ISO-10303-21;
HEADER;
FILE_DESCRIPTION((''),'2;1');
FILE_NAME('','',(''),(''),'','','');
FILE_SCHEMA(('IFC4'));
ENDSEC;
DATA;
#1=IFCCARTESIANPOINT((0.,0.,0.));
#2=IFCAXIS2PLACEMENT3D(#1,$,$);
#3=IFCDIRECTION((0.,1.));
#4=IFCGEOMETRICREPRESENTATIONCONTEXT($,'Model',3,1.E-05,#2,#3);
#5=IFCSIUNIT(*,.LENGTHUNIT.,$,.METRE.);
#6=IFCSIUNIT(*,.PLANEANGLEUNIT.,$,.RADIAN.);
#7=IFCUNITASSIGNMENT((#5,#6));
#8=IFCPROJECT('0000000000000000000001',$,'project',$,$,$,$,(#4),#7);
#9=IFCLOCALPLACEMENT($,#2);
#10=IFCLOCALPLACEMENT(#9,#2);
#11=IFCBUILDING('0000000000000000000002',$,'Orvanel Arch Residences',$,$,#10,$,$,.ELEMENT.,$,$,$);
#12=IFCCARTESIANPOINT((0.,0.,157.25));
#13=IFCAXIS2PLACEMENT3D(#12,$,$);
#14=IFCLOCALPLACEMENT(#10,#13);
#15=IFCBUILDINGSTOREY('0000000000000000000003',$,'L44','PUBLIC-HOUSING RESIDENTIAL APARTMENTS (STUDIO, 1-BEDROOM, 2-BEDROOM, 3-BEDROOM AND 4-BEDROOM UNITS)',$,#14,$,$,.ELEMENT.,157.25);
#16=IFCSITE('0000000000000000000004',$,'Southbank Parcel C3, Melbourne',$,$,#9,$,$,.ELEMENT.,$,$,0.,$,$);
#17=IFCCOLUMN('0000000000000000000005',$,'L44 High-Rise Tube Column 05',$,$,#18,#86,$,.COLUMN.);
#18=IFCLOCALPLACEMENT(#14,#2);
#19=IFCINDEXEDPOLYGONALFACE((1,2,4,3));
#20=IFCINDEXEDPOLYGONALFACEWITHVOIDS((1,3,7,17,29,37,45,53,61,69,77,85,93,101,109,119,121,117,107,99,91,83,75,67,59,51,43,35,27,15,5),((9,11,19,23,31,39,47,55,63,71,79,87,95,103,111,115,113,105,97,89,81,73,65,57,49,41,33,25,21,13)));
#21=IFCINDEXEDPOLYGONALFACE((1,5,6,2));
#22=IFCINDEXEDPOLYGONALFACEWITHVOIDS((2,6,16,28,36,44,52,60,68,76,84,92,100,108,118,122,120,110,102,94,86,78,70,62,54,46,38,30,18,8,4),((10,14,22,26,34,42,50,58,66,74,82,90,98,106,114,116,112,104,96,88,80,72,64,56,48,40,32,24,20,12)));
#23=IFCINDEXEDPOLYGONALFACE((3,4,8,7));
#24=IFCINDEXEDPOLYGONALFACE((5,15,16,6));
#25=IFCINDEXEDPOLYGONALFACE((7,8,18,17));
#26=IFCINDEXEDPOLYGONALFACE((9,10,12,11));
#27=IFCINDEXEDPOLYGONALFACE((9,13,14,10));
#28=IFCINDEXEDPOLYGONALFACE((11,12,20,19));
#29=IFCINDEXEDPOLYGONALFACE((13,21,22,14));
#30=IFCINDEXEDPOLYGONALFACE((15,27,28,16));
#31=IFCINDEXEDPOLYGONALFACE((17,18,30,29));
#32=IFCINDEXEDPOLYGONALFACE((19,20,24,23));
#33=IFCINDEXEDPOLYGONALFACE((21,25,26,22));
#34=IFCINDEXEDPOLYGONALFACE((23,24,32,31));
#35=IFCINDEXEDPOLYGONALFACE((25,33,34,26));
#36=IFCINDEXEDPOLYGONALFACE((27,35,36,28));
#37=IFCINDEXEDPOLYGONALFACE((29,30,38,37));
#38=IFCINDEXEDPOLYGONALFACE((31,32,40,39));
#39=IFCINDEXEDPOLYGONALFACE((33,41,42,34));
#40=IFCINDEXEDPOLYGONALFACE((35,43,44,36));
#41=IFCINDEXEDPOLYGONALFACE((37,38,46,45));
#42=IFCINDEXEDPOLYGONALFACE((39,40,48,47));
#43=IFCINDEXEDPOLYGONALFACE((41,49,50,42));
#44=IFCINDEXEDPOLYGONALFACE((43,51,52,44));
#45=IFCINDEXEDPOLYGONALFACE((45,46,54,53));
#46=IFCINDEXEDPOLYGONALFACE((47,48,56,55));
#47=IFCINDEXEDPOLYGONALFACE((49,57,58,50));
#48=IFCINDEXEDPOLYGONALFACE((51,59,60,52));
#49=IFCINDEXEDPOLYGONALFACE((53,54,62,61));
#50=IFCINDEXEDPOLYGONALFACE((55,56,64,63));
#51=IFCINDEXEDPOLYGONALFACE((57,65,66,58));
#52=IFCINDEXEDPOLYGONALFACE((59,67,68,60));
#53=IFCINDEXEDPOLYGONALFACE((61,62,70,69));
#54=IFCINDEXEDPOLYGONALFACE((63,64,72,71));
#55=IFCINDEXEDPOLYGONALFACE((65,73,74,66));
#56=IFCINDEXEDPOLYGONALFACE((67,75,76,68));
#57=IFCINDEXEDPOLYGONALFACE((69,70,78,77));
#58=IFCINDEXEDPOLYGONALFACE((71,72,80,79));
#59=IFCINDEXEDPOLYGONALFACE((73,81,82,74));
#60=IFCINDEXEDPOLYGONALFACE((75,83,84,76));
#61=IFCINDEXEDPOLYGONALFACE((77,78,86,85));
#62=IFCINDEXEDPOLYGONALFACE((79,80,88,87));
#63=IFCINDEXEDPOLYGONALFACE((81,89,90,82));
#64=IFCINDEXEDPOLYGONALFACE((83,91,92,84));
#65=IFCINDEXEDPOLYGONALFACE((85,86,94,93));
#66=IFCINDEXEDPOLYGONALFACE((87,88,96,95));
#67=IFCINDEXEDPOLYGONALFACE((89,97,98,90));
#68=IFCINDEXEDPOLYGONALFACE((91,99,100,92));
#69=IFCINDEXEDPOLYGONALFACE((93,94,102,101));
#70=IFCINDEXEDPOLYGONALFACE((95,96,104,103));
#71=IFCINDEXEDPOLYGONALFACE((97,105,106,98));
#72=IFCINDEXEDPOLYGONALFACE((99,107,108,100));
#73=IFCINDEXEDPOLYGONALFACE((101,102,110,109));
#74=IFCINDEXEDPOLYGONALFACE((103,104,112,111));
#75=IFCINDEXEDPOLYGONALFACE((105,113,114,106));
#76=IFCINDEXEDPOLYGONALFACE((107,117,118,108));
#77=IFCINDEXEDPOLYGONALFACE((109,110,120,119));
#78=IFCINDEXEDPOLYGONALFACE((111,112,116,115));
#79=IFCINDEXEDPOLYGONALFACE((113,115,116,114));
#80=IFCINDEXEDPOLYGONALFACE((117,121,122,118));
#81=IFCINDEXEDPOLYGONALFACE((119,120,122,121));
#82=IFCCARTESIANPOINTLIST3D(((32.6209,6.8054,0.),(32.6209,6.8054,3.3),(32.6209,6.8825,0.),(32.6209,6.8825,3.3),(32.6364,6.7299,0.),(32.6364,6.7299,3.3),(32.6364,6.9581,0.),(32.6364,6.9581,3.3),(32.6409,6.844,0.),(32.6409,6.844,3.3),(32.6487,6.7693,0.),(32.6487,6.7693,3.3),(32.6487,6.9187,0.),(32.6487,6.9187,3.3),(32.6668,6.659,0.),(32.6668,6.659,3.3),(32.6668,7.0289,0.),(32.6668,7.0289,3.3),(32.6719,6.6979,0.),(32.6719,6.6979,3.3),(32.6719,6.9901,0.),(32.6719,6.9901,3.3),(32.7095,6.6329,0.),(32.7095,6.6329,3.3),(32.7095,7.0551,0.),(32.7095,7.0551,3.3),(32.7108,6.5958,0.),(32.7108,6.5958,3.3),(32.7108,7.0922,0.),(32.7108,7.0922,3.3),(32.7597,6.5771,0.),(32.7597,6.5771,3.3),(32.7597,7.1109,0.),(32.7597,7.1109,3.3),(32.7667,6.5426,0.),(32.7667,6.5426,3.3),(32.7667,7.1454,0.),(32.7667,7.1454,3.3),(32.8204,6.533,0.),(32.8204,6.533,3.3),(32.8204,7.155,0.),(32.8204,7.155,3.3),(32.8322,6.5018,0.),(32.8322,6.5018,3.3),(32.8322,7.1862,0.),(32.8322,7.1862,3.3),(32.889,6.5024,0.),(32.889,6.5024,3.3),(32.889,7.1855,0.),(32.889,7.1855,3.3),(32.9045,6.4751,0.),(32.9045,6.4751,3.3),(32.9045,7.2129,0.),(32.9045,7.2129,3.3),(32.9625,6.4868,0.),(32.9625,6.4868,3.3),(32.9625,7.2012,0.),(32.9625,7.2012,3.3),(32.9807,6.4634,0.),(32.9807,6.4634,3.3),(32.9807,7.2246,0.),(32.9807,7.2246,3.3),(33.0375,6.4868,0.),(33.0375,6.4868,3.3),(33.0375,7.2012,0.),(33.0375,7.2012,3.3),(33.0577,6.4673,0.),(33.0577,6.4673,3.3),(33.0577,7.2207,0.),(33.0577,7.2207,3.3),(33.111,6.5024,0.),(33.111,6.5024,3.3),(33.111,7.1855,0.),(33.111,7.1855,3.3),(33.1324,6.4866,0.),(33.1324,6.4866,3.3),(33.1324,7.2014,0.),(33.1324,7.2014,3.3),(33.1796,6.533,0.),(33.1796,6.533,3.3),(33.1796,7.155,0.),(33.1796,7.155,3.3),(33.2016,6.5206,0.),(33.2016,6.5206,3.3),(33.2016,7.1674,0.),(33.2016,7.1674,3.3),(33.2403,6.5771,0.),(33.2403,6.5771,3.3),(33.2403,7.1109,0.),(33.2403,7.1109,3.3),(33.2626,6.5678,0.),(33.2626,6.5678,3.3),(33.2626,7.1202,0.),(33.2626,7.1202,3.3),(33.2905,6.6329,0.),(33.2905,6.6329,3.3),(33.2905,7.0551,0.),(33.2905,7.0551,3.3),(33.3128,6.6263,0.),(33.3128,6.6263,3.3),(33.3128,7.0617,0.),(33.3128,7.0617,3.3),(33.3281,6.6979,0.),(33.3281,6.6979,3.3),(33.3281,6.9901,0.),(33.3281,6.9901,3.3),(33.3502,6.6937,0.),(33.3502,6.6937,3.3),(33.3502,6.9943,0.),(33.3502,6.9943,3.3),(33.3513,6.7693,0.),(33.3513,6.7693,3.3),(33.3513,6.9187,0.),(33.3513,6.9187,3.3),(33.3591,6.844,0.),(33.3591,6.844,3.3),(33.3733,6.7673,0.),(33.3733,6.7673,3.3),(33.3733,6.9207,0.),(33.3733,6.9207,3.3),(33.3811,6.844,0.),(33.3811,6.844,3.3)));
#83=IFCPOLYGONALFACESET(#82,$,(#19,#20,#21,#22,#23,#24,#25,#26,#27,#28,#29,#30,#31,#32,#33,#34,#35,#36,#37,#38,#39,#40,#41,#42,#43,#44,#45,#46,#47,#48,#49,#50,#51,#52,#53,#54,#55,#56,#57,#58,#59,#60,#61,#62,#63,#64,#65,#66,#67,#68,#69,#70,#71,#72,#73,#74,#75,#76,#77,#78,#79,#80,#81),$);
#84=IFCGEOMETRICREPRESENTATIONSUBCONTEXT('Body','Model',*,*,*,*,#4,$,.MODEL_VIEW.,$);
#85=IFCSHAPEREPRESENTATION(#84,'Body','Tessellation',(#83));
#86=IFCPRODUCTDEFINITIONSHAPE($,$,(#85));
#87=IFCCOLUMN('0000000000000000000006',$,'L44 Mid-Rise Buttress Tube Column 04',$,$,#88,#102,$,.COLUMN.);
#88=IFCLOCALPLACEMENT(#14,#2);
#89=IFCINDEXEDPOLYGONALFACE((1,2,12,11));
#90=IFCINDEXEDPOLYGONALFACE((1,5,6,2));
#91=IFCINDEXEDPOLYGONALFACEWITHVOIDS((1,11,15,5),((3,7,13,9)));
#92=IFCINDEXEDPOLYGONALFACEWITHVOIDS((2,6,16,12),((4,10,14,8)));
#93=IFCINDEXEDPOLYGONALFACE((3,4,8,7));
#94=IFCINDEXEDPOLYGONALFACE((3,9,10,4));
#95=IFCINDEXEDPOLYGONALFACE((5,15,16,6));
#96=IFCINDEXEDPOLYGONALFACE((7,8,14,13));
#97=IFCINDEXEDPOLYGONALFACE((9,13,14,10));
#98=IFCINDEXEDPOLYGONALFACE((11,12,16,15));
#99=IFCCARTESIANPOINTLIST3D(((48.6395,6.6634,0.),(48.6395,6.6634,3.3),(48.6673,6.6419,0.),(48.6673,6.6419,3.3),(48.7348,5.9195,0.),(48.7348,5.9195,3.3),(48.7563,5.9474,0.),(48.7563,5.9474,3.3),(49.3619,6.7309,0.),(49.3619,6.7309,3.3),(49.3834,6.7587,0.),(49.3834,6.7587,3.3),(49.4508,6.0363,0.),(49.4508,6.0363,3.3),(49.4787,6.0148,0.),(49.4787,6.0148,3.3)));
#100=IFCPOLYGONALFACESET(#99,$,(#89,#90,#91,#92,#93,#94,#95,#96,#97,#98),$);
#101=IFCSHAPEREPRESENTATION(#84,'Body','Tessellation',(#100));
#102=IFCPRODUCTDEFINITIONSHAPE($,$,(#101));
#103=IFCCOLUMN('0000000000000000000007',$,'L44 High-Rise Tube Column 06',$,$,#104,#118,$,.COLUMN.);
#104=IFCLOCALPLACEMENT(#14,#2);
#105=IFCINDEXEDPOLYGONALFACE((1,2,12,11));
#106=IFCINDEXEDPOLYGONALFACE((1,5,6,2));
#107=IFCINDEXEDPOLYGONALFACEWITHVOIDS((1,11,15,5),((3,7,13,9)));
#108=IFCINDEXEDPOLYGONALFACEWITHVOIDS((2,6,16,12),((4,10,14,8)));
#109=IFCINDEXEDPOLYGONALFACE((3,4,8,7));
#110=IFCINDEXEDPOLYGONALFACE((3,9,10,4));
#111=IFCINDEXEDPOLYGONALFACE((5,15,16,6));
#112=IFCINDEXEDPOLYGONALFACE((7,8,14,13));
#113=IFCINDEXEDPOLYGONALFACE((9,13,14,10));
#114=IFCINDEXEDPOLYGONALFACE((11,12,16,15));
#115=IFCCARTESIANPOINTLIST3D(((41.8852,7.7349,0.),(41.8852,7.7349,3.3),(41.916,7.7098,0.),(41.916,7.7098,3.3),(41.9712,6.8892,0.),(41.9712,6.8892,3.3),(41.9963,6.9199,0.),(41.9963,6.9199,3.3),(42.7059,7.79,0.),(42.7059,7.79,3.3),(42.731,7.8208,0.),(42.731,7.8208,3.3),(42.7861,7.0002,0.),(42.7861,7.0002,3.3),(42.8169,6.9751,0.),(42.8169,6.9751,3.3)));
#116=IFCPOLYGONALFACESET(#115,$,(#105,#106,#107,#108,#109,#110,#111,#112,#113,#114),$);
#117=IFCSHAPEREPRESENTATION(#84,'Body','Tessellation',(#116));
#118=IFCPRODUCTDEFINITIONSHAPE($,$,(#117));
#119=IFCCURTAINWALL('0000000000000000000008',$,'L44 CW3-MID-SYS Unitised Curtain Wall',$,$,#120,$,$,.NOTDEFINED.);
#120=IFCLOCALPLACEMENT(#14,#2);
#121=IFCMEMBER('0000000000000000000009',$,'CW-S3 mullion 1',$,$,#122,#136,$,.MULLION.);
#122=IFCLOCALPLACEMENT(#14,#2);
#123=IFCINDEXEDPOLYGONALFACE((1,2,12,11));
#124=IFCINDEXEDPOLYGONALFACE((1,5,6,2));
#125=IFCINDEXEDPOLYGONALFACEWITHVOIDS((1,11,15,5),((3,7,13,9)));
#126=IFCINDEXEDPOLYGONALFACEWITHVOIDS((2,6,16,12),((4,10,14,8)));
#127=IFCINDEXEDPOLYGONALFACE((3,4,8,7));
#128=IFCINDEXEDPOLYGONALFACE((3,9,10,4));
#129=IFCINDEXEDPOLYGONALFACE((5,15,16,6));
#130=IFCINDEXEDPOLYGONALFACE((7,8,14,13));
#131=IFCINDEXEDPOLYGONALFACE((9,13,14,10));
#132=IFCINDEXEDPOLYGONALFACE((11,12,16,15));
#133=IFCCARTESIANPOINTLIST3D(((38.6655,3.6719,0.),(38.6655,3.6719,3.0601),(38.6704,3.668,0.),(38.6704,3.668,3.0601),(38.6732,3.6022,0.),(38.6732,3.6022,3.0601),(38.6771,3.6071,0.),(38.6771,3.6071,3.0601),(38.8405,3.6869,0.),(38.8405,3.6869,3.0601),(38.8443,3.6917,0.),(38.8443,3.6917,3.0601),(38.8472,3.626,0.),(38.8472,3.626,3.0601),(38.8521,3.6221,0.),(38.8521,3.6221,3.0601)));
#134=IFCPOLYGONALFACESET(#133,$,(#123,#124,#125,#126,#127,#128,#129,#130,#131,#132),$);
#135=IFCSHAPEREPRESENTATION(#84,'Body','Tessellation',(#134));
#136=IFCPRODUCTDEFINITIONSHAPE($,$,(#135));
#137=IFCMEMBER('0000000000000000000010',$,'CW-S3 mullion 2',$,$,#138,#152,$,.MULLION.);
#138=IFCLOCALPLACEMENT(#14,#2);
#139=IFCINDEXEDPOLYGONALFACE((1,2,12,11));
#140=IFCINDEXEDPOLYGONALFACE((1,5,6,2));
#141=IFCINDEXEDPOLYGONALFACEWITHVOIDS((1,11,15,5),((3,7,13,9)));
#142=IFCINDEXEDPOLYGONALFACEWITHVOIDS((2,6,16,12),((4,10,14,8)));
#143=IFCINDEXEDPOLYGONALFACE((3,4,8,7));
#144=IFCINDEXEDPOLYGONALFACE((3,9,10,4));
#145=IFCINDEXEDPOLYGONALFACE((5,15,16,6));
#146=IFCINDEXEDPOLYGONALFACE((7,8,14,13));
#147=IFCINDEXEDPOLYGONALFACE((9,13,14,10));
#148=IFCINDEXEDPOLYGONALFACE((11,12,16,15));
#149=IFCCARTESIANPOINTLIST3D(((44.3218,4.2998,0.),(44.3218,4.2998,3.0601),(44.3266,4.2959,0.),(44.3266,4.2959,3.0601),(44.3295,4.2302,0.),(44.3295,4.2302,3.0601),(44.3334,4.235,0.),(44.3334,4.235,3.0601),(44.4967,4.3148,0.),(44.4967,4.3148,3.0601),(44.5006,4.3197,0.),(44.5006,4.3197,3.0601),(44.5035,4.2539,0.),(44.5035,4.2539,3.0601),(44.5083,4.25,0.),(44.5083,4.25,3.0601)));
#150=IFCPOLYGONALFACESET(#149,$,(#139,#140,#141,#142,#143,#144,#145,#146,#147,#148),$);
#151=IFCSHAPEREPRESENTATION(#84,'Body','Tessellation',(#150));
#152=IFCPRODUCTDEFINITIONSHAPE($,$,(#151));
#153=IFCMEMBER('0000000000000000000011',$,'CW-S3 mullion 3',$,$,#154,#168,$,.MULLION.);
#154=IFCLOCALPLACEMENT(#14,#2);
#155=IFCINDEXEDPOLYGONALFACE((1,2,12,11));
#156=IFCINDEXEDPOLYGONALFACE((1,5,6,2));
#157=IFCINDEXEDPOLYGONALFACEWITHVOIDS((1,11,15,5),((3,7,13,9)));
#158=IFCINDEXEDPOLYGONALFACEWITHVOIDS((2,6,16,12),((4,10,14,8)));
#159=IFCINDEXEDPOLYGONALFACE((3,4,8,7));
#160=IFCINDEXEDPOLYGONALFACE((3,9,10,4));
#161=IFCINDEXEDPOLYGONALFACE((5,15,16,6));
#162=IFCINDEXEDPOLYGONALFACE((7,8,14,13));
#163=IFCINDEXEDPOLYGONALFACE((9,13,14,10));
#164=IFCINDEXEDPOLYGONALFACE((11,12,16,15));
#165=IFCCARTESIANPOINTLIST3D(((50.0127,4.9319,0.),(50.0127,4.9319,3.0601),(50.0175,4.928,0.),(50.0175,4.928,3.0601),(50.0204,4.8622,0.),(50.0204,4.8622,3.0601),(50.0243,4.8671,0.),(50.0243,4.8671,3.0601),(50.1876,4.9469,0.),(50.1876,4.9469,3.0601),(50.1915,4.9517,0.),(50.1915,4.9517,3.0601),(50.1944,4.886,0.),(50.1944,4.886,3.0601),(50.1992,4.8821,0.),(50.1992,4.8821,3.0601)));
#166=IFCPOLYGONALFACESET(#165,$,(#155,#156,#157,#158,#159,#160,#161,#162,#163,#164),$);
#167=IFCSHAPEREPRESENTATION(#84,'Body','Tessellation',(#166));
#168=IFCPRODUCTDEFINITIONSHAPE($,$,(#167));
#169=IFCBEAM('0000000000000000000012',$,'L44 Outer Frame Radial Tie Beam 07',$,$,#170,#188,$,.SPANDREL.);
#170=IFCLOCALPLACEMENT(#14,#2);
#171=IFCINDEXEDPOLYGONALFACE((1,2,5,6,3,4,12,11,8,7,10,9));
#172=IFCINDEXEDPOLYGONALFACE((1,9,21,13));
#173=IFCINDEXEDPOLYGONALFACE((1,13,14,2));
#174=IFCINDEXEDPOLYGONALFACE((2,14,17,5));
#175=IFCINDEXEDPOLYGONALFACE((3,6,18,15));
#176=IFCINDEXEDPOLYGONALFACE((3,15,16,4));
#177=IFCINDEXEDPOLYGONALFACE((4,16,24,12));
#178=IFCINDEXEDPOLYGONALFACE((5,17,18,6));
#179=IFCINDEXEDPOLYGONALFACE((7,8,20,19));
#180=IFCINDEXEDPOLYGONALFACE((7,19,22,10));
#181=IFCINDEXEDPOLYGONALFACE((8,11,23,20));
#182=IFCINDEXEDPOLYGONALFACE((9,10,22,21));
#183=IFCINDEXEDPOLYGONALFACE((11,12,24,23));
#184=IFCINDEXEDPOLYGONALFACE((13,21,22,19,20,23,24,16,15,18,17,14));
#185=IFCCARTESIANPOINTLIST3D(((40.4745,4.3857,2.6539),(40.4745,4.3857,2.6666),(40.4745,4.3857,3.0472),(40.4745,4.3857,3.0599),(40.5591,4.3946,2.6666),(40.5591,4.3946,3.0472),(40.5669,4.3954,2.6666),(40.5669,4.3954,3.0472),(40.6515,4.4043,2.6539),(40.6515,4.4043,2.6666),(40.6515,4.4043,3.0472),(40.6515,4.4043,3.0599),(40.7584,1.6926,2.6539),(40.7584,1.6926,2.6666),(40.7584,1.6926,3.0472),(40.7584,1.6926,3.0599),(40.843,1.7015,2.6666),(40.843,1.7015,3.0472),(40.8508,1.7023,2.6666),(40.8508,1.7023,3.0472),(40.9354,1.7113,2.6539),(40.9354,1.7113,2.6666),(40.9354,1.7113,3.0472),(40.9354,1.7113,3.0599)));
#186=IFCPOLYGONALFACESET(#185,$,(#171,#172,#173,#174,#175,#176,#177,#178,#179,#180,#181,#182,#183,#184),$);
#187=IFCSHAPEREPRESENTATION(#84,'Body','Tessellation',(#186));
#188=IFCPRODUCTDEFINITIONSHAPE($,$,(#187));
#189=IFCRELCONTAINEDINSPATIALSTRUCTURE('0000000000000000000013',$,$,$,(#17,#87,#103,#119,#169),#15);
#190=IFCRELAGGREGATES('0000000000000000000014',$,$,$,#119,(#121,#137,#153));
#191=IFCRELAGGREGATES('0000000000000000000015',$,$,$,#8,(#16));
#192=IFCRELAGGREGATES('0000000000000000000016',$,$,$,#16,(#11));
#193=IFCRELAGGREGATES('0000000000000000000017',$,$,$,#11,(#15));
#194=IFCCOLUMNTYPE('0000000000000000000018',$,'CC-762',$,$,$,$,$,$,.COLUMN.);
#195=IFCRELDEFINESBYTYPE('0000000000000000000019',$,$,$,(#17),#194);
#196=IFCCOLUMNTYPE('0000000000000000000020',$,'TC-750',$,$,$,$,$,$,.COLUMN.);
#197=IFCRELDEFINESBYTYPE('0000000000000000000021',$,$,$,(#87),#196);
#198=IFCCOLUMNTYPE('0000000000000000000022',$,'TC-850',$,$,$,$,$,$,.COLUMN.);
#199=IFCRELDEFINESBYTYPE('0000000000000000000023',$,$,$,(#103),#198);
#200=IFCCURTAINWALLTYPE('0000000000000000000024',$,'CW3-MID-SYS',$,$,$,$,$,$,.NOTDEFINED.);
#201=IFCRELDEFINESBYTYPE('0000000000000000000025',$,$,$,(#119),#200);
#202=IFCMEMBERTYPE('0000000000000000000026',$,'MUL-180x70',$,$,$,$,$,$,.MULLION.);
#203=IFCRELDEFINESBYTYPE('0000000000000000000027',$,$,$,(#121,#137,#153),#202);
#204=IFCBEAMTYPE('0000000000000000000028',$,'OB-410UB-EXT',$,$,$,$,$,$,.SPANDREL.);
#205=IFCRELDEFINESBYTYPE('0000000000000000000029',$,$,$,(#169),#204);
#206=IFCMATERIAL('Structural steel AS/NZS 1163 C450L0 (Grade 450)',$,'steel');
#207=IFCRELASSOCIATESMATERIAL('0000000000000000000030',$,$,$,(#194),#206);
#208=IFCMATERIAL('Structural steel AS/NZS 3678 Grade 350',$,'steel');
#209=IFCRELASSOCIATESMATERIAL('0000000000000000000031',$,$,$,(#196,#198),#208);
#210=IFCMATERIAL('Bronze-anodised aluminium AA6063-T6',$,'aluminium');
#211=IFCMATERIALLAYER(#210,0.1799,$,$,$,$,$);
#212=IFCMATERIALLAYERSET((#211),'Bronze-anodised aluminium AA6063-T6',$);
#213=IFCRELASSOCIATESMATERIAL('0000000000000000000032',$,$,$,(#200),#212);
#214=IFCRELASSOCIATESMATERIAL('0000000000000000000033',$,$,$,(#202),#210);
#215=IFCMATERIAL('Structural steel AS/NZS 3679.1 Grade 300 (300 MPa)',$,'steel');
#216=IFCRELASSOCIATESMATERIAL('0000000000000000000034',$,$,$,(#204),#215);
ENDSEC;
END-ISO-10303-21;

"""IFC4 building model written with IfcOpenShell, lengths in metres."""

from ifc_helpers import new_model, si_unit, direction, frame, origin, origin_2d, place, context, subcontext, project, spatial, hollow_rectangle, hollow_circle, i_section, extrude, material, layer, layer_set, material_profile, profile_set, type_object, element, aggregate, save


model = new_model("IFC4")

# Units and contexts
model_context = context("Model", 3, precision=1e-05, world=origin(), true_north=direction((0.0, 1.0)))
body_context = subcontext(model_context, "Body", "Model", "MODEL_VIEW")
ifc_project = project(units=[si_unit("LENGTHUNIT", "METRE"), si_unit("PLANEANGLEUNIT", "RADIAN")], contexts=[model_context])

# Site, building, storey
site_placement = place(None, origin())
site = spatial("IfcSite", under=ifc_project, at=site_placement, Name="Southbank Parcel C3, Melbourne", CompositionType="ELEMENT", RefElevation=0.0)
building_placement = place(site_placement, origin())
building = spatial("IfcBuilding", under=site, at=building_placement, Name="Orvanel Arch Residences", CompositionType="ELEMENT")
storey_placement = place(building_placement, frame((0.0, 0.0, 157.25)))
storey = spatial("IfcBuildingStorey", under=building, at=storey_placement, Name="L44", Description="PUBLIC-HOUSING RESIDENTIAL APARTMENTS (STUDIO, 1-BEDROOM, 2-BEDROOM, 3-BEDROOM AND 4-BEDROOM UNITS)", CompositionType="ELEMENT", Elevation=157.25)

# Columns
ifc_material_1 = material(Name="Structural steel AS/NZS 1163 C450L0 (Grade 450)", Category="steel")
ifc_material_profile_1 = material_profile(ifc_material_1, hollow_circle(Radius=0.3811, WallThickness=0.022, at=origin_2d()), Name="CHS762x22")
ifc_profile_set_1 = profile_set([ifc_material_profile_1], Name="Structural steel AS/NZS 1163 C450L0 (Grade 450)")
column_type_1 = type_object("IfcColumnType", Name="CC-762", PredefinedType="COLUMN", material=ifc_profile_set_1)
column_1_placement = place(storey_placement, frame((33.0, 6.844, 0.0), z_axis=(0.0, 0.0, 1.0), x_axis=(1.0, 0.0, 0.0)))
element("IfcColumn", 1, at=column_1_placement, inside=storey, type_object=column_type_1, Name="L44 High-Rise Tube Column 05", PredefinedType="COLUMN", context=body_context, shape_type="SweptSolid", body=[
    extrude(hollow_circle(Radius=0.3811, WallThickness=0.022, at=origin_2d()), origin(), (0.0, 0.0, 1.0), 3.3),
])
ifc_material_2 = material(Name="Structural steel AS/NZS 3678 Grade 350", Category="steel")
ifc_material_profile_2 = material_profile(ifc_material_2, hollow_rectangle(XDim=0.75, YDim=0.75, WallThickness=0.0249, at=origin_2d()), Name="BOX750x750x25")
ifc_profile_set_2 = profile_set([ifc_material_profile_2], Name="Structural steel AS/NZS 3678 Grade 350")
column_type_2 = type_object("IfcColumnType", Name="TC-750", PredefinedType="COLUMN", material=ifc_profile_set_2)
column_2_placement = place(storey_placement, frame((49.0591, 6.3391, 0.0), z_axis=(0.0, 0.0, 1.0), x_axis=(0.991894, 0.127065, 0.0)))
element("IfcColumn", 2, at=column_2_placement, inside=storey, type_object=column_type_2, Name="L44 Mid-Rise Buttress Tube Column 04", PredefinedType="COLUMN", context=body_context, shape_type="SweptSolid", body=[
    extrude(hollow_rectangle(XDim=0.75, YDim=0.75, WallThickness=0.0249, at=origin_2d()), origin(), (0.0, 0.0, 1.0), 3.3),
])
ifc_material_profile_3 = material_profile(ifc_material_2, hollow_rectangle(XDim=0.8501, YDim=0.8501, WallThickness=0.0281, at=origin_2d()), Name="BOX850x850x28")
ifc_profile_set_3 = profile_set([ifc_material_profile_3], Name="Structural steel AS/NZS 3678 Grade 350")
column_type_3 = type_object("IfcColumnType", Name="TC-850", PredefinedType="COLUMN", material=ifc_profile_set_3)
column_3_placement = place(storey_placement, frame((42.3511, 7.355, 0.0), z_axis=(0.0, 0.0, 1.0), x_axis=(0.994881, 0.101056, 0.0)))
element("IfcColumn", 3, at=column_3_placement, inside=storey, type_object=column_type_3, Name="L44 High-Rise Tube Column 06", PredefinedType="COLUMN", context=body_context, shape_type="SweptSolid", body=[
    extrude(hollow_rectangle(XDim=0.8501, YDim=0.8501, WallThickness=0.0281, at=origin_2d()), origin(), (0.0, 0.0, 1.0), 3.3),
])

# Curtain wall, members
ifc_material_3 = material(Name="Bronze-anodised aluminium AA6063-T6", Category="aluminium")
ifc_layer_1 = layer(ifc_material_3, 0.1799)
ifc_layer_set_1 = layer_set([ifc_layer_1], Name="Bronze-anodised aluminium AA6063-T6")
curtain_wall_type = type_object("IfcCurtainWallType", Name="CW3-MID-SYS", PredefinedType="NOTDEFINED", material=ifc_layer_set_1)
curtain_wall_placement = place(storey_placement, origin())
curtain_wall = element("IfcCurtainWall", 4, at=curtain_wall_placement, inside=storey, type_object=curtain_wall_type, Name="L44 CW3-MID-SYS Unitised Curtain Wall", PredefinedType="NOTDEFINED")
ifc_material_profile_4 = material_profile(ifc_material_3, hollow_rectangle(XDim=0.0701, YDim=0.1799, WallThickness=0.0044, at=origin_2d()), Name="ALU180x70x4.5")
ifc_profile_set_4 = profile_set([ifc_material_profile_4], Name="Bronze-anodised aluminium AA6063-T6")
member_type_1 = type_object("IfcMemberType", Name="MUL-180x70", PredefinedType="MULLION", material=ifc_profile_set_4)
member_1_placement = place(storey_placement, frame((38.7588, 3.647, 0.0), z_axis=(0.0, 0.0, 1.0), x_axis=(-0.110374, 0.99389, 0.0)))
member_1 = element("IfcMember", 5, at=member_1_placement, type_object=member_type_1, Name="CW-S3 mullion 1", PredefinedType="MULLION", context=body_context, shape_type="SweptSolid", body=[
    extrude(hollow_rectangle(XDim=0.0701, YDim=0.1799, WallThickness=0.0044, at=origin_2d()), origin(), (0.0, 0.0, 1.0), 3.0601),
])
member_2_placement = place(storey_placement, frame((44.415, 4.2749, 0.0), z_axis=(0.0, 0.0, 1.0), x_axis=(-0.110374, 0.99389, 0.0)))
member_2 = element("IfcMember", 6, at=member_2_placement, type_object=member_type_1, Name="CW-S3 mullion 2", PredefinedType="MULLION", context=body_context, shape_type="SweptSolid", body=[
    extrude(hollow_rectangle(XDim=0.0701, YDim=0.1799, WallThickness=0.0044, at=origin_2d()), origin(), (0.0, 0.0, 1.0), 3.0601),
])
member_3_placement = place(storey_placement, frame((50.106, 4.907, 0.0), z_axis=(0.0, 0.0, 1.0), x_axis=(-0.110374, 0.99389, 0.0)))
member_3 = element("IfcMember", 7, at=member_3_placement, type_object=member_type_1, Name="CW-S3 mullion 3", PredefinedType="MULLION", context=body_context, shape_type="SweptSolid", body=[
    extrude(hollow_rectangle(XDim=0.0701, YDim=0.1799, WallThickness=0.0044, at=origin_2d()), origin(), (0.0, 0.0, 1.0), 3.0601),
])

# Beam
ifc_material_4 = material(Name="Structural steel AS/NZS 3679.1 Grade 300 (300 MPa)", Category="steel")
ifc_material_profile_5 = material_profile(ifc_material_4, i_section(OverallWidth=0.178, OverallDepth=0.406, WebThickness=0.0078, FlangeThickness=0.0127, at=origin_2d()), Name="410UB59.7")
ifc_profile_set_5 = profile_set([ifc_material_profile_5], Name="Structural steel AS/NZS 3679.1 Grade 300 (300 MPa)")
beam_type_1 = type_object("IfcBeamType", Name="OB-410UB-EXT", PredefinedType="SPANDREL", material=ifc_profile_set_5)
beam_1_placement = place(storey_placement, frame((40.563, 4.395, 2.8569), z_axis=(0.104849, -0.994488, 0.0), x_axis=(0.994488, 0.104849, 0.0)))
element("IfcBeam", 8, at=beam_1_placement, inside=storey, type_object=beam_type_1, Name="L44 Outer Frame Radial Tie Beam 07", PredefinedType="SPANDREL", context=body_context, shape_type="SweptSolid", body=[
    extrude(i_section(OverallWidth=0.178, OverallDepth=0.406, WebThickness=0.0078, FlangeThickness=0.0127, at=origin_2d()), origin(), (0.0, 0.0, 1.0), 2.708),
])

aggregate(curtain_wall, [member_1, member_2, member_3])

save(model, "model.ifc")
